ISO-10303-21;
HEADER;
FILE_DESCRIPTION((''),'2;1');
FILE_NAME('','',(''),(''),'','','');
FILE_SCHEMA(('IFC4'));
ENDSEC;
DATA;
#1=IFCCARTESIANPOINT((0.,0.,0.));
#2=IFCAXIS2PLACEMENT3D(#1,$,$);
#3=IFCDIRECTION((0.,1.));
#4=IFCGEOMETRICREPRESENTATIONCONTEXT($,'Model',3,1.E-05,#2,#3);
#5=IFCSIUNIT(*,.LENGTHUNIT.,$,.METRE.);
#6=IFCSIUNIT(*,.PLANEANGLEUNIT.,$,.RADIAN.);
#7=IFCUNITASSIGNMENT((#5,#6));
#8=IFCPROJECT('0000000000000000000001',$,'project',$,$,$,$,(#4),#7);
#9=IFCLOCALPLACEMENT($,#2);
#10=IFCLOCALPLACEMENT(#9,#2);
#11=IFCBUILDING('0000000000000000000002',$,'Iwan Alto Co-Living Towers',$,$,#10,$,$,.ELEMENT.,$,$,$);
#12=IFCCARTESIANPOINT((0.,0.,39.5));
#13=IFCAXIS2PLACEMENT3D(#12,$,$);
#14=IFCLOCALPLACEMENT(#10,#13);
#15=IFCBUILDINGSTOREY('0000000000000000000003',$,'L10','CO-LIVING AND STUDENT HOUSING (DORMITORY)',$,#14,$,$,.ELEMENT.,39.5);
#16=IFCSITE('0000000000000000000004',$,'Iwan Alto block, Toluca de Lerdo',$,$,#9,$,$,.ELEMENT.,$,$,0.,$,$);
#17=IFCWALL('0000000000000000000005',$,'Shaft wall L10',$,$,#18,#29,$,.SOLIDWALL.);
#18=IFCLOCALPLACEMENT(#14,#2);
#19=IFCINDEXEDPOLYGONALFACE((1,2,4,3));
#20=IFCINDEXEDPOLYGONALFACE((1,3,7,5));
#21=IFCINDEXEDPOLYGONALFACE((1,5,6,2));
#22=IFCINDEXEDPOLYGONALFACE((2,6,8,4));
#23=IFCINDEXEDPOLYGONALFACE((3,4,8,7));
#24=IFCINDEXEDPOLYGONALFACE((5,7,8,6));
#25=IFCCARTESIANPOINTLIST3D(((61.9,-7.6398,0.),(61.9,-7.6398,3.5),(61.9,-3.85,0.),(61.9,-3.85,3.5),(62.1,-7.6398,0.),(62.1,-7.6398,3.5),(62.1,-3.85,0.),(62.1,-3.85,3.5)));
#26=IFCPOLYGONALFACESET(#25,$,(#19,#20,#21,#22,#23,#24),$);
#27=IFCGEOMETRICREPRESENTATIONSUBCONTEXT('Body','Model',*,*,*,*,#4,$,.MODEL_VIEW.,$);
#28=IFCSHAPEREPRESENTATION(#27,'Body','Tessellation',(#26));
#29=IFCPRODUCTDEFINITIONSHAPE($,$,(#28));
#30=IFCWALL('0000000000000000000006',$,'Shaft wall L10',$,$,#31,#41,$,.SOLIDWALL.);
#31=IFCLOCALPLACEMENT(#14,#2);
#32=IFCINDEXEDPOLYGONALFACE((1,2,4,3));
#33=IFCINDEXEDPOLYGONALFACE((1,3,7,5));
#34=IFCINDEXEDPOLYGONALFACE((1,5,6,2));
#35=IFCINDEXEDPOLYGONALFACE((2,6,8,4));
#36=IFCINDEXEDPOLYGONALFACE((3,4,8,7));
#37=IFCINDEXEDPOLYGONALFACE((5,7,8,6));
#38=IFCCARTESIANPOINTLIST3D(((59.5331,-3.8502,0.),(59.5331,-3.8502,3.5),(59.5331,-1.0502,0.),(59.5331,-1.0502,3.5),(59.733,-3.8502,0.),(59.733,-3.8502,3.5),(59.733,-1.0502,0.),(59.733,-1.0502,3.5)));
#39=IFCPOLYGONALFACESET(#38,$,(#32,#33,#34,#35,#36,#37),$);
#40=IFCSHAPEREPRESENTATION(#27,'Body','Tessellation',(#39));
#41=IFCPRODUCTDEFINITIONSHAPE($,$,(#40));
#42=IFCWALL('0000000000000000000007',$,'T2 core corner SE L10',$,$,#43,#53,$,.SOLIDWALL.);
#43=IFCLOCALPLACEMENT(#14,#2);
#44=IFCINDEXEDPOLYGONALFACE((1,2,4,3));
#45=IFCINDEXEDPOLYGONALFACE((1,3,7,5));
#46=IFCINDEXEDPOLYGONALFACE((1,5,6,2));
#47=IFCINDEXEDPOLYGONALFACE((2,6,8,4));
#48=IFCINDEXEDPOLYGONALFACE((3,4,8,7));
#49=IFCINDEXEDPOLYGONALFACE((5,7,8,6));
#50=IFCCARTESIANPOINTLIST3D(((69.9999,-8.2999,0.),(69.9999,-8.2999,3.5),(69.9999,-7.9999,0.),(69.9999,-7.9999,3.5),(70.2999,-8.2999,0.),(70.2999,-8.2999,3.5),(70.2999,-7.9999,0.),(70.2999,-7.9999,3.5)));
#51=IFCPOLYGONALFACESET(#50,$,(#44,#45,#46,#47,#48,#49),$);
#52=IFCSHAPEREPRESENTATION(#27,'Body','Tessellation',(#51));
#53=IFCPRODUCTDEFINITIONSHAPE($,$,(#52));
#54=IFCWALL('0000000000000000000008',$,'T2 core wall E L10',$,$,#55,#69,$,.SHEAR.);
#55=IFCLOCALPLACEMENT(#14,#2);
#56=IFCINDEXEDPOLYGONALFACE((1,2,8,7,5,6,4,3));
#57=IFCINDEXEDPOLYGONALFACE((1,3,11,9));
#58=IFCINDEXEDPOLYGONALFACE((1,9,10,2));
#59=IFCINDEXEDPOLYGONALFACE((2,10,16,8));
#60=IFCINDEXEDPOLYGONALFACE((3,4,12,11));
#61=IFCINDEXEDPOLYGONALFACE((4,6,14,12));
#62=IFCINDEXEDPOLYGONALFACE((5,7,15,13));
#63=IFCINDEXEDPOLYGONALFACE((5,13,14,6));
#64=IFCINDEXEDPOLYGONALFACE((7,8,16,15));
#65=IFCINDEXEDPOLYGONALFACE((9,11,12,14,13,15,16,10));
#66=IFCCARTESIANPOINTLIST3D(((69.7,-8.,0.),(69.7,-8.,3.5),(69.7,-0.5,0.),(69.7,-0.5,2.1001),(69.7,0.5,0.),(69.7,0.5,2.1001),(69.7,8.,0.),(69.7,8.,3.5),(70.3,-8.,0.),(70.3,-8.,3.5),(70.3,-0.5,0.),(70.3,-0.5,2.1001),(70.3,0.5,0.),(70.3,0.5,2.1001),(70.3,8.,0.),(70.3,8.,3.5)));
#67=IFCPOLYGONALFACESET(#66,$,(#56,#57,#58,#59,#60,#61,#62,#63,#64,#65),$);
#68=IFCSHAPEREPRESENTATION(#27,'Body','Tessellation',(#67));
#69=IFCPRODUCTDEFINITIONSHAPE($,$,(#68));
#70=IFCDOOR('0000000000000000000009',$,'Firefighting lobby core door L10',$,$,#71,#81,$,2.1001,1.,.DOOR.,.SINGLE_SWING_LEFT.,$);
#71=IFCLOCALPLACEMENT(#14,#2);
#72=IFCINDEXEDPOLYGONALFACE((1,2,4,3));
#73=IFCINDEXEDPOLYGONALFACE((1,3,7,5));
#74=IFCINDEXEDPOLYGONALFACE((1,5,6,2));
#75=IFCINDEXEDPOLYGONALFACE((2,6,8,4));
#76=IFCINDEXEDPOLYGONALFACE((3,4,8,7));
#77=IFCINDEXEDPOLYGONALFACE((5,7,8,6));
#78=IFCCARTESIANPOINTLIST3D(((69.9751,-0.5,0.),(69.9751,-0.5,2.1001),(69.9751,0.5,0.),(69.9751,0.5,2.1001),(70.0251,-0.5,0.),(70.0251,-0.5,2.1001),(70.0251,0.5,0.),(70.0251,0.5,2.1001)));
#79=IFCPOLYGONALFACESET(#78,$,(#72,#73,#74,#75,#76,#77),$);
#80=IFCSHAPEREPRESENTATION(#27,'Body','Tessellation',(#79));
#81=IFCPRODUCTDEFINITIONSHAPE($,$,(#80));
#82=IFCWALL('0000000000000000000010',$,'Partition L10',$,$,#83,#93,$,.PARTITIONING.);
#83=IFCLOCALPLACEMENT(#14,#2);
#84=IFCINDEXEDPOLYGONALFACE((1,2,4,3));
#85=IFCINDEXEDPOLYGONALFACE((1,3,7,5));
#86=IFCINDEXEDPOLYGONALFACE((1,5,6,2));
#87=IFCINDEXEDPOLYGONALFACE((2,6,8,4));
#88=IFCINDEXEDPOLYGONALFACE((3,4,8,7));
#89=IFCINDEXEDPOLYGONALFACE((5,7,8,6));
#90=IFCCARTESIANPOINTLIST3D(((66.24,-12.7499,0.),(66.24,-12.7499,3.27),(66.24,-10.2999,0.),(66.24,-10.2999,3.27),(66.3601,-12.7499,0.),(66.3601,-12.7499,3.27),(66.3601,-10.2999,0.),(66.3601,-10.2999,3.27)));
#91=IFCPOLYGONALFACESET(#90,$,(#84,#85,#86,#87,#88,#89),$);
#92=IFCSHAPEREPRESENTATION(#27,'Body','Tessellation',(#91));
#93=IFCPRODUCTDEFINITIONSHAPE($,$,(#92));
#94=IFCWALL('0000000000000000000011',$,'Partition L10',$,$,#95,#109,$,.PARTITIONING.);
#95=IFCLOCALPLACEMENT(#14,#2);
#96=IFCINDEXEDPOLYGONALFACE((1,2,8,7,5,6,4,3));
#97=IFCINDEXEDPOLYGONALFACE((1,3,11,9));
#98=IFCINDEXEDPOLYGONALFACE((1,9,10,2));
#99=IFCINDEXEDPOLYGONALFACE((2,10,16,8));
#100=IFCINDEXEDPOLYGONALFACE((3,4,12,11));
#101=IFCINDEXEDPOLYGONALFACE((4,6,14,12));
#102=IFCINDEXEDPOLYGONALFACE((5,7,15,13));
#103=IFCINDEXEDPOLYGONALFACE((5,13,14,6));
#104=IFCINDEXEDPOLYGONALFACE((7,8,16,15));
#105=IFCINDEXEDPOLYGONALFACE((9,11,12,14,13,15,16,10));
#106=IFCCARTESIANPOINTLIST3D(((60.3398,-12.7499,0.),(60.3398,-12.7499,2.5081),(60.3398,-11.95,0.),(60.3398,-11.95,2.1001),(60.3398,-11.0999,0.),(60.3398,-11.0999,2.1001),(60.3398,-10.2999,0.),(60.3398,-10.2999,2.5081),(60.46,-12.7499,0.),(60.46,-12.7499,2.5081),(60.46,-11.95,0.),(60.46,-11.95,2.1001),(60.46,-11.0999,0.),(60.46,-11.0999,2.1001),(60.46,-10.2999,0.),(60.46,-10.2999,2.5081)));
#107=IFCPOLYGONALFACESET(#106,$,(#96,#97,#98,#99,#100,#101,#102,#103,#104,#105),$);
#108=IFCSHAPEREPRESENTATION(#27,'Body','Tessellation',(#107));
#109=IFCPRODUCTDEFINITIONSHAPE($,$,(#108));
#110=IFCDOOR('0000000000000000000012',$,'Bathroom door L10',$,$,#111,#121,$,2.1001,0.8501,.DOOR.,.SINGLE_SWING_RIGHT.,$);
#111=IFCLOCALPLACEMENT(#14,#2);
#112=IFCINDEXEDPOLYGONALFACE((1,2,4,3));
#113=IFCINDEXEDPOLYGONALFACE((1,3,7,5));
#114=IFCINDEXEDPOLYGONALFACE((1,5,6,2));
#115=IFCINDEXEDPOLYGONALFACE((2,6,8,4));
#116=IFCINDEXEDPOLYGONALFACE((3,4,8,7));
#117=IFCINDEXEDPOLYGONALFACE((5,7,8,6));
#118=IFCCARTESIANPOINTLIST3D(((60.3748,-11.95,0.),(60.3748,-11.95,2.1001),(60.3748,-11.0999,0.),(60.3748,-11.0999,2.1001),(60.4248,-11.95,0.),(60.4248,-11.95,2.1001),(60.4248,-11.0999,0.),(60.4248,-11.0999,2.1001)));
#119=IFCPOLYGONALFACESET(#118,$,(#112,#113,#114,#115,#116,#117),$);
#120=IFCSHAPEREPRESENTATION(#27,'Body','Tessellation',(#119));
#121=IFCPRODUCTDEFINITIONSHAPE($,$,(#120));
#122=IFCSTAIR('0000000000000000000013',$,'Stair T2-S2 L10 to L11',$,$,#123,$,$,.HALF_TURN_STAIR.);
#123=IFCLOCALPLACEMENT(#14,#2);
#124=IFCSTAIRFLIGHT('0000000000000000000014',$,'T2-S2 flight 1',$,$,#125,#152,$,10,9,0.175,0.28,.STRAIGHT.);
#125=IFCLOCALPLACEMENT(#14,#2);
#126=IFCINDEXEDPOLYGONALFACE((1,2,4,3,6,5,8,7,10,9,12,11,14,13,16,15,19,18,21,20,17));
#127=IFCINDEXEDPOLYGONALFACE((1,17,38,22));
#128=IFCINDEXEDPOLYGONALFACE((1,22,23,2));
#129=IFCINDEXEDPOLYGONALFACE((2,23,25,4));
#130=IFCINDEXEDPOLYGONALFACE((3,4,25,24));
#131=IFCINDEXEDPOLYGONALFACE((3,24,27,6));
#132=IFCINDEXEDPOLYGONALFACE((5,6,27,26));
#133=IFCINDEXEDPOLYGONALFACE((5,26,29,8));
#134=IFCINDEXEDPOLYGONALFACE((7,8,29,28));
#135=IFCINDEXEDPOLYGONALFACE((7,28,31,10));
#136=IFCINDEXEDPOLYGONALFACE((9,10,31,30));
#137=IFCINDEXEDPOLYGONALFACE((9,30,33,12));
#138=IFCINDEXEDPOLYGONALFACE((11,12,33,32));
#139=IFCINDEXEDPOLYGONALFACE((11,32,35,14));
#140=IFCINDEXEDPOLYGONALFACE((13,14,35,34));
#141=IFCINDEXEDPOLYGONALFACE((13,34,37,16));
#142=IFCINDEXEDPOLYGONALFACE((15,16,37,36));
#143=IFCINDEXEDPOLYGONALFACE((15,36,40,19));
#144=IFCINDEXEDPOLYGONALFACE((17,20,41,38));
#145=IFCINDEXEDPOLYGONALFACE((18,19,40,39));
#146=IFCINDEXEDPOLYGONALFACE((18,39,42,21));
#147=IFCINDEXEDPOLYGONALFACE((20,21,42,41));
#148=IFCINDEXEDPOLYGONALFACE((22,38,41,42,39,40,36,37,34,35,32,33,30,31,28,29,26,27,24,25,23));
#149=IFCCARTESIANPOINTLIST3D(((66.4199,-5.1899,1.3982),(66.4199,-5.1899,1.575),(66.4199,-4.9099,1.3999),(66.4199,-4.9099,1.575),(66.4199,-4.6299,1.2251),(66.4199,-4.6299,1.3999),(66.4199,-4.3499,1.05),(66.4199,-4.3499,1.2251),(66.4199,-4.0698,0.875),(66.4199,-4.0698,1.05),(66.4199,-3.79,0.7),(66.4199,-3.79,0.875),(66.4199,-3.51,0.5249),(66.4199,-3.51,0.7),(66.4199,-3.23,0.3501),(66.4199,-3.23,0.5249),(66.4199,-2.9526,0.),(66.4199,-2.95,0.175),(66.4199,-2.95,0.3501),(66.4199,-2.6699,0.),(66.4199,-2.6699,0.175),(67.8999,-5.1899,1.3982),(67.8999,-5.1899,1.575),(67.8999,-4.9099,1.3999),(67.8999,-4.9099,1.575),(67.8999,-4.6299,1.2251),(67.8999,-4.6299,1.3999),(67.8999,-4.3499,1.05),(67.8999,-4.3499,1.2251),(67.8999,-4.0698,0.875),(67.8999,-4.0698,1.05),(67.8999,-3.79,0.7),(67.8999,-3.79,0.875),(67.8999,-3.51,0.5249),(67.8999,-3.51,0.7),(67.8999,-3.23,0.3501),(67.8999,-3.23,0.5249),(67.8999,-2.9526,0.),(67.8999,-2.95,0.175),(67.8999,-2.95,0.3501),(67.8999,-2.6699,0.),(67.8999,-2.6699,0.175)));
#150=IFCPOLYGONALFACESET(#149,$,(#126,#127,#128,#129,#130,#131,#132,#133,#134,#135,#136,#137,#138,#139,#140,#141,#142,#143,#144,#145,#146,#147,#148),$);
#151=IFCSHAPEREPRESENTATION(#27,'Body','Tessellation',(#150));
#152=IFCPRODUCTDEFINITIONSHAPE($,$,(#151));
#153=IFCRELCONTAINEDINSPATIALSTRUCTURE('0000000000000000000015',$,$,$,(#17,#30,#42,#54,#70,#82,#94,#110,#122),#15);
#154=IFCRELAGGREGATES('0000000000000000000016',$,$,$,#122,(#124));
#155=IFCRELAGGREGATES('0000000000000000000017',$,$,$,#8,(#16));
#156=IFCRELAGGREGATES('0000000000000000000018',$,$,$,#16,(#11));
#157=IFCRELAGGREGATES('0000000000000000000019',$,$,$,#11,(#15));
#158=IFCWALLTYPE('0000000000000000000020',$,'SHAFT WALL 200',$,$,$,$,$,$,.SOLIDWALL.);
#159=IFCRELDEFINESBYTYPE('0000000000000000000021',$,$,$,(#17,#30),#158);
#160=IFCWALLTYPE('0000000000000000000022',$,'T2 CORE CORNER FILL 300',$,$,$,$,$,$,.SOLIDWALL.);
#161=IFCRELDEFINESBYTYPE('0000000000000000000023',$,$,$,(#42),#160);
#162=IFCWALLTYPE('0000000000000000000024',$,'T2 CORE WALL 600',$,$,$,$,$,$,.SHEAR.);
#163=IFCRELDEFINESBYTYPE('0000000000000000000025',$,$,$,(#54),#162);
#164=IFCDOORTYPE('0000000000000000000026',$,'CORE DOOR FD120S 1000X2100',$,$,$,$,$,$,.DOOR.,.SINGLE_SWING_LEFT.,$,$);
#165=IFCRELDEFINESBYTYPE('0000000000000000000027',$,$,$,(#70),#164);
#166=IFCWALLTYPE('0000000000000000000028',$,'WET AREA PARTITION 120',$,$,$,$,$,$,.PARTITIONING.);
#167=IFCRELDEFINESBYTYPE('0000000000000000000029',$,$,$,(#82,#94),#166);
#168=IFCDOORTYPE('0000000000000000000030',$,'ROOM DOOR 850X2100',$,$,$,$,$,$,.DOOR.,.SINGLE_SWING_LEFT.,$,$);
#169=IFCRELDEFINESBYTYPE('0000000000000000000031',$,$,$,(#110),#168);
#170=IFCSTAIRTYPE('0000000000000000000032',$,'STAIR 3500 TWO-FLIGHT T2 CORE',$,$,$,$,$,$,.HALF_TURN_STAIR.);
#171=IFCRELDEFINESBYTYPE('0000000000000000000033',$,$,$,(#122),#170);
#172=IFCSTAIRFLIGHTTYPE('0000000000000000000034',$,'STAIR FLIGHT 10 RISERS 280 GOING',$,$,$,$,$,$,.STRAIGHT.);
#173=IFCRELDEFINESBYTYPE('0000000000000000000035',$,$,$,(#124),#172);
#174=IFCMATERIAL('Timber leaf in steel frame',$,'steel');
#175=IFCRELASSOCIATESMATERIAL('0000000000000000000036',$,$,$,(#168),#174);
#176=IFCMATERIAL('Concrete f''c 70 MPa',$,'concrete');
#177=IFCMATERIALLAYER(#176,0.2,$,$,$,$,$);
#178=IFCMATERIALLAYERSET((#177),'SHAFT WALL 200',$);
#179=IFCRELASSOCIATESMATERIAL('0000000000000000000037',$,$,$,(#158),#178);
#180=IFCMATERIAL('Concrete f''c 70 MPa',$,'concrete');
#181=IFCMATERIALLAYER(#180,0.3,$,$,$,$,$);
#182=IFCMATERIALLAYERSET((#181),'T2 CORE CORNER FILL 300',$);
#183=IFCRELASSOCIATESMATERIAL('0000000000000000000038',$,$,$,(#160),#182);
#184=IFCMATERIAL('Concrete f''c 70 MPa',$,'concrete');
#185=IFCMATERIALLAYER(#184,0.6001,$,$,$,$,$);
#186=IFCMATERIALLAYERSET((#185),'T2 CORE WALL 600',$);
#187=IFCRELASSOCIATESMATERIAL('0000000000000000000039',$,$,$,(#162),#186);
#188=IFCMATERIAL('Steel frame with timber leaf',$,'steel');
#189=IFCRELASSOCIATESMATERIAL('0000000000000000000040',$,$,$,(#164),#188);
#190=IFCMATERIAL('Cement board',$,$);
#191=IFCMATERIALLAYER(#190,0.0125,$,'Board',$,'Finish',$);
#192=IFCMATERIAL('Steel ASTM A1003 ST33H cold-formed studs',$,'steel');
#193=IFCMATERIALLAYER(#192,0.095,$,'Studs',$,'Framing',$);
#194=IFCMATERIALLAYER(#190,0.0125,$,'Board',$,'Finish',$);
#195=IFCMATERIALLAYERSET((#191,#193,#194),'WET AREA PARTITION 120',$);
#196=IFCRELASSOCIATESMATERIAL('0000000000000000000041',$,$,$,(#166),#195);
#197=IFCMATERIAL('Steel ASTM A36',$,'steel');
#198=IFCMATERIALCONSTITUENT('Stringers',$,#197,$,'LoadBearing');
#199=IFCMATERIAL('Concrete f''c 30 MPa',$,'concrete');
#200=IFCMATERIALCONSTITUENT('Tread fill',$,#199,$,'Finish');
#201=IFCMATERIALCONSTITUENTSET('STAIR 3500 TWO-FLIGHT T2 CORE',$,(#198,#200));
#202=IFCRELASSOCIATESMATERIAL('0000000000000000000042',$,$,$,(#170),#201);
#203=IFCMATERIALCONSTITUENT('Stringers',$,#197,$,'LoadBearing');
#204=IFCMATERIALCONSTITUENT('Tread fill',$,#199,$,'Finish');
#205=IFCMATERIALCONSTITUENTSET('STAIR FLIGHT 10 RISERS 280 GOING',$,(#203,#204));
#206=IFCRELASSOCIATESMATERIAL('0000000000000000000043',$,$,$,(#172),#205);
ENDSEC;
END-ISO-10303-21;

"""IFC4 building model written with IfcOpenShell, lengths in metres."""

from ifc_helpers import new_model, si_unit, direction, frame, frame_2d, origin, place, context, subcontext, project, spatial, polyline, rectangle, outline, extrude, material, layer, layer_set, constituent, constituent_set, type_object, element, fill, aggregate, save


model = new_model("IFC4")

# Units and contexts
model_context = context("Model", 3, precision=1e-05, world=origin(), true_north=direction((0.0, 1.0)))
body_context = subcontext(model_context, "Body", "Model", "MODEL_VIEW")
ifc_project = project(units=[si_unit("LENGTHUNIT", "METRE"), si_unit("PLANEANGLEUNIT", "RADIAN")], contexts=[model_context])

# Site, building, storey
site_placement = place(None, origin())
site = spatial("IfcSite", under=ifc_project, at=site_placement, Name="Iwan Alto block, Toluca de Lerdo", CompositionType="ELEMENT", RefElevation=0.0)
building_placement = place(site_placement, origin())
building = spatial("IfcBuilding", under=site, at=building_placement, Name="Iwan Alto Co-Living Towers", CompositionType="ELEMENT")
storey_placement = place(building_placement, frame((0.0, 0.0, 39.5)))
storey = spatial("IfcBuildingStorey", under=building, at=storey_placement, Name="L10", Description="CO-LIVING AND STUDENT HOUSING (DORMITORY)", CompositionType="ELEMENT", Elevation=39.5)

# Shared definitions
ifc_material_1 = material(Name="Steel ASTM A1003 ST33H cold-formed studs", Category="steel")

# Shared definitions
ifc_material_2 = material(Name="Timber leaf in steel frame", Category="steel")
door_type_1 = type_object("IfcDoorType", Name="ROOM DOOR 850X2100", OperationType="SINGLE_SWING_LEFT", PredefinedType="DOOR", material=ifc_material_2)

# Shared definitions
ifc_material_3 = material(Name="Concrete f'c 70 MPa", Category="concrete")
ifc_layer_1 = layer(ifc_material_3, 0.2)
ifc_layer_set_1 = layer_set([ifc_layer_1], Name="SHAFT WALL 200")
wall_type_1 = type_object("IfcWallType", Name="SHAFT WALL 200", PredefinedType="SOLIDWALL", material=ifc_layer_set_1)

# Walls
wall_1_placement = place(storey_placement, frame((62.0, -7.6399, 0.0), z_axis=(0.0, 0.0, 1.0), x_axis=(0.0, 1.0, 0.0)))
element("IfcWall", 1, at=wall_1_placement, inside=storey, type_object=wall_type_1, Name="Shaft wall L10", PredefinedType="SOLIDWALL", context=body_context, shape_type="SweptSolid", body=[
    extrude(rectangle(XDim=3.7898, YDim=0.2, at=frame_2d((1.895, 0.0))), origin(), (0.0, 0.0, 1.0), 3.5),
])
wall_2_placement = place(storey_placement, frame((59.6331, -3.8501, 0.0), z_axis=(0.0, 0.0, 1.0), x_axis=(0.0, 1.0, 0.0)))
element("IfcWall", 2, at=wall_2_placement, inside=storey, type_object=wall_type_1, Name="Shaft wall L10", PredefinedType="SOLIDWALL", context=body_context, shape_type="SweptSolid", body=[
    extrude(rectangle(XDim=2.8, YDim=0.2, at=frame_2d((1.3999, 0.0))), origin(), (0.0, 0.0, 1.0), 3.5),
])
ifc_material_4 = material(Name="Concrete f'c 70 MPa", Category="concrete")
ifc_layer_2 = layer(ifc_material_4, 0.3)
ifc_layer_set_2 = layer_set([ifc_layer_2], Name="T2 CORE CORNER FILL 300")
wall_type_2 = type_object("IfcWallType", Name="T2 CORE CORNER FILL 300", PredefinedType="SOLIDWALL", material=ifc_layer_set_2)
wall_3_placement = place(storey_placement, frame((70.0, -8.1499, 0.0), z_axis=(0.0, 0.0, 1.0), x_axis=(1.0, 0.0, 0.0)))
element("IfcWall", 3, at=wall_3_placement, inside=storey, type_object=wall_type_2, Name="T2 core corner SE L10", PredefinedType="SOLIDWALL", context=body_context, shape_type="SweptSolid", body=[
    extrude(rectangle(XDim=0.3, YDim=0.3, at=frame_2d((0.1499, 0.0))), origin(), (0.0, 0.0, 1.0), 3.5),
])

# Wall, opening, door
ifc_material_5 = material(Name="Concrete f'c 70 MPa", Category="concrete")
ifc_layer_3 = layer(ifc_material_5, 0.6001)
ifc_layer_set_3 = layer_set([ifc_layer_3], Name="T2 CORE WALL 600")
wall_type_3 = type_object("IfcWallType", Name="T2 CORE WALL 600", PredefinedType="SHEAR", material=ifc_layer_set_3)
wall_4_placement = place(storey_placement, frame((70.0, -8.0, 0.0), z_axis=(0.0, 0.0, 1.0), x_axis=(0.0, 1.0, 0.0)))
wall_4 = element("IfcWall", 4, at=wall_4_placement, inside=storey, type_object=wall_type_3, Name="T2 core wall E L10", PredefinedType="SHEAR", context=body_context, shape_type="SweptSolid", body=[
    extrude(rectangle(XDim=16.0, YDim=0.6001, at=frame_2d((8.0, 0.0))), origin(), (0.0, 0.0, 1.0), 3.5),
])
opening_1_placement = place(wall_4_placement, frame((7.5, 0.0, 0.0)))
opening_1 = element("IfcOpeningElement", 5, at=opening_1_placement, cuts=wall_4, PredefinedType="OPENING", context=body_context, shape_type="SweptSolid", body=[
    extrude(rectangle(XDim=1.0, YDim=2.1001, at=frame_2d((0.5, 1.05))), frame((0.0, 0.3101, 0.0), z_axis=(0.0, -1.0, 0.0), x_axis=(1.0, 0.0, 0.0)), (0.0, 0.0, 1.0), 0.6201),
])
ifc_material_6 = material(Name="Steel frame with timber leaf", Category="steel")
door_type_2 = type_object("IfcDoorType", Name="CORE DOOR FD120S 1000X2100", OperationType="SINGLE_SWING_LEFT", PredefinedType="DOOR", material=ifc_material_6)
door_1_placement = place(opening_1_placement, origin())
door_1 = element("IfcDoor", 6, at=door_1_placement, inside=storey, type_object=door_type_2, Name="Firefighting lobby core door L10", OperationType="SINGLE_SWING_LEFT", OverallHeight=2.1001, OverallWidth=1.0, PredefinedType="DOOR", context=body_context, shape_type="SweptSolid", body=[
    extrude(rectangle(XDim=1.0, YDim=2.1001, at=frame_2d((0.5, 1.05))), frame((0.0, 0.0249, 0.0), z_axis=(0.0, -1.0, 0.0), x_axis=(1.0, 0.0, 0.0)), (0.0, 0.0, 1.0), 0.05),
])
fill(opening_1, door_1)

# Wall
ifc_material_7 = material(Name="Cement board")
ifc_layer_4 = layer(ifc_material_7, 0.0125, Name="Board", Category="Finish")
ifc_layer_5 = layer(ifc_material_1, 0.095, Name="Studs", Category="Framing")
ifc_layer_6 = layer(ifc_material_7, 0.0125, Name="Board", Category="Finish")
ifc_layer_set_4 = layer_set([ifc_layer_4, ifc_layer_5, ifc_layer_6], Name="WET AREA PARTITION 120")
wall_type_4 = type_object("IfcWallType", Name="WET AREA PARTITION 120", PredefinedType="PARTITIONING", material=ifc_layer_set_4)
wall_5_placement = place(storey_placement, frame((66.3, -12.75, 0.0), z_axis=(0.0, 0.0, 1.0), x_axis=(0.0, 1.0, 0.0)))
element("IfcWall", 7, at=wall_5_placement, inside=storey, type_object=wall_type_4, Name="Partition L10", PredefinedType="PARTITIONING", context=body_context, shape_type="SweptSolid", body=[
    extrude(rectangle(XDim=2.45, YDim=0.1201, at=frame_2d((1.2251, 0.0))), origin(), (0.0, 0.0, 1.0), 3.27),
])

# Wall, opening, door
wall_6_placement = place(storey_placement, frame((60.3999, -12.75, 0.0), z_axis=(0.0, 0.0, 1.0), x_axis=(0.0, 1.0, 0.0)))
wall_6 = element("IfcWall", 8, at=wall_6_placement, inside=storey, type_object=wall_type_4, Name="Partition L10", PredefinedType="PARTITIONING", context=body_context, shape_type="SweptSolid", body=[
    extrude(rectangle(XDim=2.45, YDim=0.1201, at=frame_2d((1.2251, 0.0))), origin(), (0.0, 0.0, 1.0), 2.5081),
])
opening_2_placement = place(wall_6_placement, frame((0.8, 0.0, 0.0)))
opening_2 = element("IfcOpeningElement", 9, at=opening_2_placement, cuts=wall_6, PredefinedType="OPENING", context=body_context, shape_type="SweptSolid", body=[
    extrude(rectangle(XDim=0.8501, YDim=2.1001, at=frame_2d((0.425, 1.05))), frame((0.0, 0.0701, 0.0), z_axis=(0.0, -1.0, 0.0), x_axis=(1.0, 0.0, 0.0)), (0.0, 0.0, 1.0), 0.1401),
])
door_2_placement = place(opening_2_placement, frame((0.8501, 0.0, 0.0), z_axis=(0.0, 0.0, 1.0), x_axis=(-1.0, 0.0, 0.0)))
door_2 = element("IfcDoor", 10, at=door_2_placement, inside=storey, type_object=door_type_1, Name="Bathroom door L10", OperationType="SINGLE_SWING_RIGHT", OverallHeight=2.1001, OverallWidth=0.8501, PredefinedType="DOOR", context=body_context, shape_type="SweptSolid", body=[
    extrude(rectangle(XDim=0.8501, YDim=2.1001, at=frame_2d((0.425, 1.05))), frame((0.0, 0.0249, 0.0), z_axis=(0.0, -1.0, 0.0), x_axis=(1.0, 0.0, 0.0)), (0.0, 0.0, 1.0), 0.05),
])
fill(opening_2, door_2)

# Stair, stair flight
ifc_material_8 = material(Name="Steel ASTM A36", Category="steel")
ifc_constituent_1 = constituent(ifc_material_8, Name="Stringers", Category="LoadBearing")
ifc_material_9 = material(Name="Concrete f'c 30 MPa", Category="concrete")
ifc_constituent_2 = constituent(ifc_material_9, Name="Tread fill", Category="Finish")
ifc_constituent_set_1 = constituent_set(constituents=[ifc_constituent_1, ifc_constituent_2], Name="STAIR 3500 TWO-FLIGHT T2 CORE")
stair_type = type_object("IfcStairType", Name="STAIR 3500 TWO-FLIGHT T2 CORE", PredefinedType="HALF_TURN_STAIR", material=ifc_constituent_set_1)
stair_placement = place(storey_placement, origin())
stair = element("IfcStair", 11, at=stair_placement, inside=storey, type_object=stair_type, Name="Stair T2-S2 L10 to L11", PredefinedType="HALF_TURN_STAIR")
ifc_constituent_3 = constituent(ifc_material_8, Name="Stringers", Category="LoadBearing")
ifc_constituent_4 = constituent(ifc_material_9, Name="Tread fill", Category="Finish")
ifc_constituent_set_2 = constituent_set(constituents=[ifc_constituent_3, ifc_constituent_4], Name="STAIR FLIGHT 10 RISERS 280 GOING")
stair_flight_type = type_object("IfcStairFlightType", Name="STAIR FLIGHT 10 RISERS 280 GOING", PredefinedType="STRAIGHT", material=ifc_constituent_set_2)
stair_flight_1_placement = place(storey_placement, frame((67.1599, -2.6699, 0.0), z_axis=(0.0, 0.0, 1.0), x_axis=(0.0, -1.0, 0.0)))
stair_flight_1 = element("IfcStairFlight", 12, at=stair_flight_1_placement, type_object=stair_flight_type, Name="T2-S2 flight 1", NumberOfRisers=10, NumberOfTreads=9, PredefinedType="STRAIGHT", RiserHeight=0.175, TreadLength=0.28, context=body_context, shape_type="SweptSolid", body=[
    extrude(outline(polyline([(0.0, 0.0), (0.0, 0.175), (0.28, 0.175), (0.28, 0.3501), (0.5601, 0.3501), (0.5601, 0.5249), (0.8401, 0.5249), (0.8401, 0.7), (1.1201, 0.7), (1.1201, 0.875), (1.3999, 0.875), (1.3999, 1.05), (1.6799, 1.05), (1.6799, 1.2251), (1.96, 1.2251), (1.96, 1.3999), (2.24, 1.3999), (2.24, 1.575), (2.52, 1.575), (2.52, 1.75), (2.52, 1.3982), (0.2827, 0.0), (0.0, 0.0)])), frame((0.0, 0.74, 0.0), z_axis=(0.0, -1.0, 0.0), x_axis=(1.0, 0.0, 0.0)), (0.0, 0.0, 1.0), 1.48),
])
aggregate(stair, [stair_flight_1])

save(model, "model.ifc")
